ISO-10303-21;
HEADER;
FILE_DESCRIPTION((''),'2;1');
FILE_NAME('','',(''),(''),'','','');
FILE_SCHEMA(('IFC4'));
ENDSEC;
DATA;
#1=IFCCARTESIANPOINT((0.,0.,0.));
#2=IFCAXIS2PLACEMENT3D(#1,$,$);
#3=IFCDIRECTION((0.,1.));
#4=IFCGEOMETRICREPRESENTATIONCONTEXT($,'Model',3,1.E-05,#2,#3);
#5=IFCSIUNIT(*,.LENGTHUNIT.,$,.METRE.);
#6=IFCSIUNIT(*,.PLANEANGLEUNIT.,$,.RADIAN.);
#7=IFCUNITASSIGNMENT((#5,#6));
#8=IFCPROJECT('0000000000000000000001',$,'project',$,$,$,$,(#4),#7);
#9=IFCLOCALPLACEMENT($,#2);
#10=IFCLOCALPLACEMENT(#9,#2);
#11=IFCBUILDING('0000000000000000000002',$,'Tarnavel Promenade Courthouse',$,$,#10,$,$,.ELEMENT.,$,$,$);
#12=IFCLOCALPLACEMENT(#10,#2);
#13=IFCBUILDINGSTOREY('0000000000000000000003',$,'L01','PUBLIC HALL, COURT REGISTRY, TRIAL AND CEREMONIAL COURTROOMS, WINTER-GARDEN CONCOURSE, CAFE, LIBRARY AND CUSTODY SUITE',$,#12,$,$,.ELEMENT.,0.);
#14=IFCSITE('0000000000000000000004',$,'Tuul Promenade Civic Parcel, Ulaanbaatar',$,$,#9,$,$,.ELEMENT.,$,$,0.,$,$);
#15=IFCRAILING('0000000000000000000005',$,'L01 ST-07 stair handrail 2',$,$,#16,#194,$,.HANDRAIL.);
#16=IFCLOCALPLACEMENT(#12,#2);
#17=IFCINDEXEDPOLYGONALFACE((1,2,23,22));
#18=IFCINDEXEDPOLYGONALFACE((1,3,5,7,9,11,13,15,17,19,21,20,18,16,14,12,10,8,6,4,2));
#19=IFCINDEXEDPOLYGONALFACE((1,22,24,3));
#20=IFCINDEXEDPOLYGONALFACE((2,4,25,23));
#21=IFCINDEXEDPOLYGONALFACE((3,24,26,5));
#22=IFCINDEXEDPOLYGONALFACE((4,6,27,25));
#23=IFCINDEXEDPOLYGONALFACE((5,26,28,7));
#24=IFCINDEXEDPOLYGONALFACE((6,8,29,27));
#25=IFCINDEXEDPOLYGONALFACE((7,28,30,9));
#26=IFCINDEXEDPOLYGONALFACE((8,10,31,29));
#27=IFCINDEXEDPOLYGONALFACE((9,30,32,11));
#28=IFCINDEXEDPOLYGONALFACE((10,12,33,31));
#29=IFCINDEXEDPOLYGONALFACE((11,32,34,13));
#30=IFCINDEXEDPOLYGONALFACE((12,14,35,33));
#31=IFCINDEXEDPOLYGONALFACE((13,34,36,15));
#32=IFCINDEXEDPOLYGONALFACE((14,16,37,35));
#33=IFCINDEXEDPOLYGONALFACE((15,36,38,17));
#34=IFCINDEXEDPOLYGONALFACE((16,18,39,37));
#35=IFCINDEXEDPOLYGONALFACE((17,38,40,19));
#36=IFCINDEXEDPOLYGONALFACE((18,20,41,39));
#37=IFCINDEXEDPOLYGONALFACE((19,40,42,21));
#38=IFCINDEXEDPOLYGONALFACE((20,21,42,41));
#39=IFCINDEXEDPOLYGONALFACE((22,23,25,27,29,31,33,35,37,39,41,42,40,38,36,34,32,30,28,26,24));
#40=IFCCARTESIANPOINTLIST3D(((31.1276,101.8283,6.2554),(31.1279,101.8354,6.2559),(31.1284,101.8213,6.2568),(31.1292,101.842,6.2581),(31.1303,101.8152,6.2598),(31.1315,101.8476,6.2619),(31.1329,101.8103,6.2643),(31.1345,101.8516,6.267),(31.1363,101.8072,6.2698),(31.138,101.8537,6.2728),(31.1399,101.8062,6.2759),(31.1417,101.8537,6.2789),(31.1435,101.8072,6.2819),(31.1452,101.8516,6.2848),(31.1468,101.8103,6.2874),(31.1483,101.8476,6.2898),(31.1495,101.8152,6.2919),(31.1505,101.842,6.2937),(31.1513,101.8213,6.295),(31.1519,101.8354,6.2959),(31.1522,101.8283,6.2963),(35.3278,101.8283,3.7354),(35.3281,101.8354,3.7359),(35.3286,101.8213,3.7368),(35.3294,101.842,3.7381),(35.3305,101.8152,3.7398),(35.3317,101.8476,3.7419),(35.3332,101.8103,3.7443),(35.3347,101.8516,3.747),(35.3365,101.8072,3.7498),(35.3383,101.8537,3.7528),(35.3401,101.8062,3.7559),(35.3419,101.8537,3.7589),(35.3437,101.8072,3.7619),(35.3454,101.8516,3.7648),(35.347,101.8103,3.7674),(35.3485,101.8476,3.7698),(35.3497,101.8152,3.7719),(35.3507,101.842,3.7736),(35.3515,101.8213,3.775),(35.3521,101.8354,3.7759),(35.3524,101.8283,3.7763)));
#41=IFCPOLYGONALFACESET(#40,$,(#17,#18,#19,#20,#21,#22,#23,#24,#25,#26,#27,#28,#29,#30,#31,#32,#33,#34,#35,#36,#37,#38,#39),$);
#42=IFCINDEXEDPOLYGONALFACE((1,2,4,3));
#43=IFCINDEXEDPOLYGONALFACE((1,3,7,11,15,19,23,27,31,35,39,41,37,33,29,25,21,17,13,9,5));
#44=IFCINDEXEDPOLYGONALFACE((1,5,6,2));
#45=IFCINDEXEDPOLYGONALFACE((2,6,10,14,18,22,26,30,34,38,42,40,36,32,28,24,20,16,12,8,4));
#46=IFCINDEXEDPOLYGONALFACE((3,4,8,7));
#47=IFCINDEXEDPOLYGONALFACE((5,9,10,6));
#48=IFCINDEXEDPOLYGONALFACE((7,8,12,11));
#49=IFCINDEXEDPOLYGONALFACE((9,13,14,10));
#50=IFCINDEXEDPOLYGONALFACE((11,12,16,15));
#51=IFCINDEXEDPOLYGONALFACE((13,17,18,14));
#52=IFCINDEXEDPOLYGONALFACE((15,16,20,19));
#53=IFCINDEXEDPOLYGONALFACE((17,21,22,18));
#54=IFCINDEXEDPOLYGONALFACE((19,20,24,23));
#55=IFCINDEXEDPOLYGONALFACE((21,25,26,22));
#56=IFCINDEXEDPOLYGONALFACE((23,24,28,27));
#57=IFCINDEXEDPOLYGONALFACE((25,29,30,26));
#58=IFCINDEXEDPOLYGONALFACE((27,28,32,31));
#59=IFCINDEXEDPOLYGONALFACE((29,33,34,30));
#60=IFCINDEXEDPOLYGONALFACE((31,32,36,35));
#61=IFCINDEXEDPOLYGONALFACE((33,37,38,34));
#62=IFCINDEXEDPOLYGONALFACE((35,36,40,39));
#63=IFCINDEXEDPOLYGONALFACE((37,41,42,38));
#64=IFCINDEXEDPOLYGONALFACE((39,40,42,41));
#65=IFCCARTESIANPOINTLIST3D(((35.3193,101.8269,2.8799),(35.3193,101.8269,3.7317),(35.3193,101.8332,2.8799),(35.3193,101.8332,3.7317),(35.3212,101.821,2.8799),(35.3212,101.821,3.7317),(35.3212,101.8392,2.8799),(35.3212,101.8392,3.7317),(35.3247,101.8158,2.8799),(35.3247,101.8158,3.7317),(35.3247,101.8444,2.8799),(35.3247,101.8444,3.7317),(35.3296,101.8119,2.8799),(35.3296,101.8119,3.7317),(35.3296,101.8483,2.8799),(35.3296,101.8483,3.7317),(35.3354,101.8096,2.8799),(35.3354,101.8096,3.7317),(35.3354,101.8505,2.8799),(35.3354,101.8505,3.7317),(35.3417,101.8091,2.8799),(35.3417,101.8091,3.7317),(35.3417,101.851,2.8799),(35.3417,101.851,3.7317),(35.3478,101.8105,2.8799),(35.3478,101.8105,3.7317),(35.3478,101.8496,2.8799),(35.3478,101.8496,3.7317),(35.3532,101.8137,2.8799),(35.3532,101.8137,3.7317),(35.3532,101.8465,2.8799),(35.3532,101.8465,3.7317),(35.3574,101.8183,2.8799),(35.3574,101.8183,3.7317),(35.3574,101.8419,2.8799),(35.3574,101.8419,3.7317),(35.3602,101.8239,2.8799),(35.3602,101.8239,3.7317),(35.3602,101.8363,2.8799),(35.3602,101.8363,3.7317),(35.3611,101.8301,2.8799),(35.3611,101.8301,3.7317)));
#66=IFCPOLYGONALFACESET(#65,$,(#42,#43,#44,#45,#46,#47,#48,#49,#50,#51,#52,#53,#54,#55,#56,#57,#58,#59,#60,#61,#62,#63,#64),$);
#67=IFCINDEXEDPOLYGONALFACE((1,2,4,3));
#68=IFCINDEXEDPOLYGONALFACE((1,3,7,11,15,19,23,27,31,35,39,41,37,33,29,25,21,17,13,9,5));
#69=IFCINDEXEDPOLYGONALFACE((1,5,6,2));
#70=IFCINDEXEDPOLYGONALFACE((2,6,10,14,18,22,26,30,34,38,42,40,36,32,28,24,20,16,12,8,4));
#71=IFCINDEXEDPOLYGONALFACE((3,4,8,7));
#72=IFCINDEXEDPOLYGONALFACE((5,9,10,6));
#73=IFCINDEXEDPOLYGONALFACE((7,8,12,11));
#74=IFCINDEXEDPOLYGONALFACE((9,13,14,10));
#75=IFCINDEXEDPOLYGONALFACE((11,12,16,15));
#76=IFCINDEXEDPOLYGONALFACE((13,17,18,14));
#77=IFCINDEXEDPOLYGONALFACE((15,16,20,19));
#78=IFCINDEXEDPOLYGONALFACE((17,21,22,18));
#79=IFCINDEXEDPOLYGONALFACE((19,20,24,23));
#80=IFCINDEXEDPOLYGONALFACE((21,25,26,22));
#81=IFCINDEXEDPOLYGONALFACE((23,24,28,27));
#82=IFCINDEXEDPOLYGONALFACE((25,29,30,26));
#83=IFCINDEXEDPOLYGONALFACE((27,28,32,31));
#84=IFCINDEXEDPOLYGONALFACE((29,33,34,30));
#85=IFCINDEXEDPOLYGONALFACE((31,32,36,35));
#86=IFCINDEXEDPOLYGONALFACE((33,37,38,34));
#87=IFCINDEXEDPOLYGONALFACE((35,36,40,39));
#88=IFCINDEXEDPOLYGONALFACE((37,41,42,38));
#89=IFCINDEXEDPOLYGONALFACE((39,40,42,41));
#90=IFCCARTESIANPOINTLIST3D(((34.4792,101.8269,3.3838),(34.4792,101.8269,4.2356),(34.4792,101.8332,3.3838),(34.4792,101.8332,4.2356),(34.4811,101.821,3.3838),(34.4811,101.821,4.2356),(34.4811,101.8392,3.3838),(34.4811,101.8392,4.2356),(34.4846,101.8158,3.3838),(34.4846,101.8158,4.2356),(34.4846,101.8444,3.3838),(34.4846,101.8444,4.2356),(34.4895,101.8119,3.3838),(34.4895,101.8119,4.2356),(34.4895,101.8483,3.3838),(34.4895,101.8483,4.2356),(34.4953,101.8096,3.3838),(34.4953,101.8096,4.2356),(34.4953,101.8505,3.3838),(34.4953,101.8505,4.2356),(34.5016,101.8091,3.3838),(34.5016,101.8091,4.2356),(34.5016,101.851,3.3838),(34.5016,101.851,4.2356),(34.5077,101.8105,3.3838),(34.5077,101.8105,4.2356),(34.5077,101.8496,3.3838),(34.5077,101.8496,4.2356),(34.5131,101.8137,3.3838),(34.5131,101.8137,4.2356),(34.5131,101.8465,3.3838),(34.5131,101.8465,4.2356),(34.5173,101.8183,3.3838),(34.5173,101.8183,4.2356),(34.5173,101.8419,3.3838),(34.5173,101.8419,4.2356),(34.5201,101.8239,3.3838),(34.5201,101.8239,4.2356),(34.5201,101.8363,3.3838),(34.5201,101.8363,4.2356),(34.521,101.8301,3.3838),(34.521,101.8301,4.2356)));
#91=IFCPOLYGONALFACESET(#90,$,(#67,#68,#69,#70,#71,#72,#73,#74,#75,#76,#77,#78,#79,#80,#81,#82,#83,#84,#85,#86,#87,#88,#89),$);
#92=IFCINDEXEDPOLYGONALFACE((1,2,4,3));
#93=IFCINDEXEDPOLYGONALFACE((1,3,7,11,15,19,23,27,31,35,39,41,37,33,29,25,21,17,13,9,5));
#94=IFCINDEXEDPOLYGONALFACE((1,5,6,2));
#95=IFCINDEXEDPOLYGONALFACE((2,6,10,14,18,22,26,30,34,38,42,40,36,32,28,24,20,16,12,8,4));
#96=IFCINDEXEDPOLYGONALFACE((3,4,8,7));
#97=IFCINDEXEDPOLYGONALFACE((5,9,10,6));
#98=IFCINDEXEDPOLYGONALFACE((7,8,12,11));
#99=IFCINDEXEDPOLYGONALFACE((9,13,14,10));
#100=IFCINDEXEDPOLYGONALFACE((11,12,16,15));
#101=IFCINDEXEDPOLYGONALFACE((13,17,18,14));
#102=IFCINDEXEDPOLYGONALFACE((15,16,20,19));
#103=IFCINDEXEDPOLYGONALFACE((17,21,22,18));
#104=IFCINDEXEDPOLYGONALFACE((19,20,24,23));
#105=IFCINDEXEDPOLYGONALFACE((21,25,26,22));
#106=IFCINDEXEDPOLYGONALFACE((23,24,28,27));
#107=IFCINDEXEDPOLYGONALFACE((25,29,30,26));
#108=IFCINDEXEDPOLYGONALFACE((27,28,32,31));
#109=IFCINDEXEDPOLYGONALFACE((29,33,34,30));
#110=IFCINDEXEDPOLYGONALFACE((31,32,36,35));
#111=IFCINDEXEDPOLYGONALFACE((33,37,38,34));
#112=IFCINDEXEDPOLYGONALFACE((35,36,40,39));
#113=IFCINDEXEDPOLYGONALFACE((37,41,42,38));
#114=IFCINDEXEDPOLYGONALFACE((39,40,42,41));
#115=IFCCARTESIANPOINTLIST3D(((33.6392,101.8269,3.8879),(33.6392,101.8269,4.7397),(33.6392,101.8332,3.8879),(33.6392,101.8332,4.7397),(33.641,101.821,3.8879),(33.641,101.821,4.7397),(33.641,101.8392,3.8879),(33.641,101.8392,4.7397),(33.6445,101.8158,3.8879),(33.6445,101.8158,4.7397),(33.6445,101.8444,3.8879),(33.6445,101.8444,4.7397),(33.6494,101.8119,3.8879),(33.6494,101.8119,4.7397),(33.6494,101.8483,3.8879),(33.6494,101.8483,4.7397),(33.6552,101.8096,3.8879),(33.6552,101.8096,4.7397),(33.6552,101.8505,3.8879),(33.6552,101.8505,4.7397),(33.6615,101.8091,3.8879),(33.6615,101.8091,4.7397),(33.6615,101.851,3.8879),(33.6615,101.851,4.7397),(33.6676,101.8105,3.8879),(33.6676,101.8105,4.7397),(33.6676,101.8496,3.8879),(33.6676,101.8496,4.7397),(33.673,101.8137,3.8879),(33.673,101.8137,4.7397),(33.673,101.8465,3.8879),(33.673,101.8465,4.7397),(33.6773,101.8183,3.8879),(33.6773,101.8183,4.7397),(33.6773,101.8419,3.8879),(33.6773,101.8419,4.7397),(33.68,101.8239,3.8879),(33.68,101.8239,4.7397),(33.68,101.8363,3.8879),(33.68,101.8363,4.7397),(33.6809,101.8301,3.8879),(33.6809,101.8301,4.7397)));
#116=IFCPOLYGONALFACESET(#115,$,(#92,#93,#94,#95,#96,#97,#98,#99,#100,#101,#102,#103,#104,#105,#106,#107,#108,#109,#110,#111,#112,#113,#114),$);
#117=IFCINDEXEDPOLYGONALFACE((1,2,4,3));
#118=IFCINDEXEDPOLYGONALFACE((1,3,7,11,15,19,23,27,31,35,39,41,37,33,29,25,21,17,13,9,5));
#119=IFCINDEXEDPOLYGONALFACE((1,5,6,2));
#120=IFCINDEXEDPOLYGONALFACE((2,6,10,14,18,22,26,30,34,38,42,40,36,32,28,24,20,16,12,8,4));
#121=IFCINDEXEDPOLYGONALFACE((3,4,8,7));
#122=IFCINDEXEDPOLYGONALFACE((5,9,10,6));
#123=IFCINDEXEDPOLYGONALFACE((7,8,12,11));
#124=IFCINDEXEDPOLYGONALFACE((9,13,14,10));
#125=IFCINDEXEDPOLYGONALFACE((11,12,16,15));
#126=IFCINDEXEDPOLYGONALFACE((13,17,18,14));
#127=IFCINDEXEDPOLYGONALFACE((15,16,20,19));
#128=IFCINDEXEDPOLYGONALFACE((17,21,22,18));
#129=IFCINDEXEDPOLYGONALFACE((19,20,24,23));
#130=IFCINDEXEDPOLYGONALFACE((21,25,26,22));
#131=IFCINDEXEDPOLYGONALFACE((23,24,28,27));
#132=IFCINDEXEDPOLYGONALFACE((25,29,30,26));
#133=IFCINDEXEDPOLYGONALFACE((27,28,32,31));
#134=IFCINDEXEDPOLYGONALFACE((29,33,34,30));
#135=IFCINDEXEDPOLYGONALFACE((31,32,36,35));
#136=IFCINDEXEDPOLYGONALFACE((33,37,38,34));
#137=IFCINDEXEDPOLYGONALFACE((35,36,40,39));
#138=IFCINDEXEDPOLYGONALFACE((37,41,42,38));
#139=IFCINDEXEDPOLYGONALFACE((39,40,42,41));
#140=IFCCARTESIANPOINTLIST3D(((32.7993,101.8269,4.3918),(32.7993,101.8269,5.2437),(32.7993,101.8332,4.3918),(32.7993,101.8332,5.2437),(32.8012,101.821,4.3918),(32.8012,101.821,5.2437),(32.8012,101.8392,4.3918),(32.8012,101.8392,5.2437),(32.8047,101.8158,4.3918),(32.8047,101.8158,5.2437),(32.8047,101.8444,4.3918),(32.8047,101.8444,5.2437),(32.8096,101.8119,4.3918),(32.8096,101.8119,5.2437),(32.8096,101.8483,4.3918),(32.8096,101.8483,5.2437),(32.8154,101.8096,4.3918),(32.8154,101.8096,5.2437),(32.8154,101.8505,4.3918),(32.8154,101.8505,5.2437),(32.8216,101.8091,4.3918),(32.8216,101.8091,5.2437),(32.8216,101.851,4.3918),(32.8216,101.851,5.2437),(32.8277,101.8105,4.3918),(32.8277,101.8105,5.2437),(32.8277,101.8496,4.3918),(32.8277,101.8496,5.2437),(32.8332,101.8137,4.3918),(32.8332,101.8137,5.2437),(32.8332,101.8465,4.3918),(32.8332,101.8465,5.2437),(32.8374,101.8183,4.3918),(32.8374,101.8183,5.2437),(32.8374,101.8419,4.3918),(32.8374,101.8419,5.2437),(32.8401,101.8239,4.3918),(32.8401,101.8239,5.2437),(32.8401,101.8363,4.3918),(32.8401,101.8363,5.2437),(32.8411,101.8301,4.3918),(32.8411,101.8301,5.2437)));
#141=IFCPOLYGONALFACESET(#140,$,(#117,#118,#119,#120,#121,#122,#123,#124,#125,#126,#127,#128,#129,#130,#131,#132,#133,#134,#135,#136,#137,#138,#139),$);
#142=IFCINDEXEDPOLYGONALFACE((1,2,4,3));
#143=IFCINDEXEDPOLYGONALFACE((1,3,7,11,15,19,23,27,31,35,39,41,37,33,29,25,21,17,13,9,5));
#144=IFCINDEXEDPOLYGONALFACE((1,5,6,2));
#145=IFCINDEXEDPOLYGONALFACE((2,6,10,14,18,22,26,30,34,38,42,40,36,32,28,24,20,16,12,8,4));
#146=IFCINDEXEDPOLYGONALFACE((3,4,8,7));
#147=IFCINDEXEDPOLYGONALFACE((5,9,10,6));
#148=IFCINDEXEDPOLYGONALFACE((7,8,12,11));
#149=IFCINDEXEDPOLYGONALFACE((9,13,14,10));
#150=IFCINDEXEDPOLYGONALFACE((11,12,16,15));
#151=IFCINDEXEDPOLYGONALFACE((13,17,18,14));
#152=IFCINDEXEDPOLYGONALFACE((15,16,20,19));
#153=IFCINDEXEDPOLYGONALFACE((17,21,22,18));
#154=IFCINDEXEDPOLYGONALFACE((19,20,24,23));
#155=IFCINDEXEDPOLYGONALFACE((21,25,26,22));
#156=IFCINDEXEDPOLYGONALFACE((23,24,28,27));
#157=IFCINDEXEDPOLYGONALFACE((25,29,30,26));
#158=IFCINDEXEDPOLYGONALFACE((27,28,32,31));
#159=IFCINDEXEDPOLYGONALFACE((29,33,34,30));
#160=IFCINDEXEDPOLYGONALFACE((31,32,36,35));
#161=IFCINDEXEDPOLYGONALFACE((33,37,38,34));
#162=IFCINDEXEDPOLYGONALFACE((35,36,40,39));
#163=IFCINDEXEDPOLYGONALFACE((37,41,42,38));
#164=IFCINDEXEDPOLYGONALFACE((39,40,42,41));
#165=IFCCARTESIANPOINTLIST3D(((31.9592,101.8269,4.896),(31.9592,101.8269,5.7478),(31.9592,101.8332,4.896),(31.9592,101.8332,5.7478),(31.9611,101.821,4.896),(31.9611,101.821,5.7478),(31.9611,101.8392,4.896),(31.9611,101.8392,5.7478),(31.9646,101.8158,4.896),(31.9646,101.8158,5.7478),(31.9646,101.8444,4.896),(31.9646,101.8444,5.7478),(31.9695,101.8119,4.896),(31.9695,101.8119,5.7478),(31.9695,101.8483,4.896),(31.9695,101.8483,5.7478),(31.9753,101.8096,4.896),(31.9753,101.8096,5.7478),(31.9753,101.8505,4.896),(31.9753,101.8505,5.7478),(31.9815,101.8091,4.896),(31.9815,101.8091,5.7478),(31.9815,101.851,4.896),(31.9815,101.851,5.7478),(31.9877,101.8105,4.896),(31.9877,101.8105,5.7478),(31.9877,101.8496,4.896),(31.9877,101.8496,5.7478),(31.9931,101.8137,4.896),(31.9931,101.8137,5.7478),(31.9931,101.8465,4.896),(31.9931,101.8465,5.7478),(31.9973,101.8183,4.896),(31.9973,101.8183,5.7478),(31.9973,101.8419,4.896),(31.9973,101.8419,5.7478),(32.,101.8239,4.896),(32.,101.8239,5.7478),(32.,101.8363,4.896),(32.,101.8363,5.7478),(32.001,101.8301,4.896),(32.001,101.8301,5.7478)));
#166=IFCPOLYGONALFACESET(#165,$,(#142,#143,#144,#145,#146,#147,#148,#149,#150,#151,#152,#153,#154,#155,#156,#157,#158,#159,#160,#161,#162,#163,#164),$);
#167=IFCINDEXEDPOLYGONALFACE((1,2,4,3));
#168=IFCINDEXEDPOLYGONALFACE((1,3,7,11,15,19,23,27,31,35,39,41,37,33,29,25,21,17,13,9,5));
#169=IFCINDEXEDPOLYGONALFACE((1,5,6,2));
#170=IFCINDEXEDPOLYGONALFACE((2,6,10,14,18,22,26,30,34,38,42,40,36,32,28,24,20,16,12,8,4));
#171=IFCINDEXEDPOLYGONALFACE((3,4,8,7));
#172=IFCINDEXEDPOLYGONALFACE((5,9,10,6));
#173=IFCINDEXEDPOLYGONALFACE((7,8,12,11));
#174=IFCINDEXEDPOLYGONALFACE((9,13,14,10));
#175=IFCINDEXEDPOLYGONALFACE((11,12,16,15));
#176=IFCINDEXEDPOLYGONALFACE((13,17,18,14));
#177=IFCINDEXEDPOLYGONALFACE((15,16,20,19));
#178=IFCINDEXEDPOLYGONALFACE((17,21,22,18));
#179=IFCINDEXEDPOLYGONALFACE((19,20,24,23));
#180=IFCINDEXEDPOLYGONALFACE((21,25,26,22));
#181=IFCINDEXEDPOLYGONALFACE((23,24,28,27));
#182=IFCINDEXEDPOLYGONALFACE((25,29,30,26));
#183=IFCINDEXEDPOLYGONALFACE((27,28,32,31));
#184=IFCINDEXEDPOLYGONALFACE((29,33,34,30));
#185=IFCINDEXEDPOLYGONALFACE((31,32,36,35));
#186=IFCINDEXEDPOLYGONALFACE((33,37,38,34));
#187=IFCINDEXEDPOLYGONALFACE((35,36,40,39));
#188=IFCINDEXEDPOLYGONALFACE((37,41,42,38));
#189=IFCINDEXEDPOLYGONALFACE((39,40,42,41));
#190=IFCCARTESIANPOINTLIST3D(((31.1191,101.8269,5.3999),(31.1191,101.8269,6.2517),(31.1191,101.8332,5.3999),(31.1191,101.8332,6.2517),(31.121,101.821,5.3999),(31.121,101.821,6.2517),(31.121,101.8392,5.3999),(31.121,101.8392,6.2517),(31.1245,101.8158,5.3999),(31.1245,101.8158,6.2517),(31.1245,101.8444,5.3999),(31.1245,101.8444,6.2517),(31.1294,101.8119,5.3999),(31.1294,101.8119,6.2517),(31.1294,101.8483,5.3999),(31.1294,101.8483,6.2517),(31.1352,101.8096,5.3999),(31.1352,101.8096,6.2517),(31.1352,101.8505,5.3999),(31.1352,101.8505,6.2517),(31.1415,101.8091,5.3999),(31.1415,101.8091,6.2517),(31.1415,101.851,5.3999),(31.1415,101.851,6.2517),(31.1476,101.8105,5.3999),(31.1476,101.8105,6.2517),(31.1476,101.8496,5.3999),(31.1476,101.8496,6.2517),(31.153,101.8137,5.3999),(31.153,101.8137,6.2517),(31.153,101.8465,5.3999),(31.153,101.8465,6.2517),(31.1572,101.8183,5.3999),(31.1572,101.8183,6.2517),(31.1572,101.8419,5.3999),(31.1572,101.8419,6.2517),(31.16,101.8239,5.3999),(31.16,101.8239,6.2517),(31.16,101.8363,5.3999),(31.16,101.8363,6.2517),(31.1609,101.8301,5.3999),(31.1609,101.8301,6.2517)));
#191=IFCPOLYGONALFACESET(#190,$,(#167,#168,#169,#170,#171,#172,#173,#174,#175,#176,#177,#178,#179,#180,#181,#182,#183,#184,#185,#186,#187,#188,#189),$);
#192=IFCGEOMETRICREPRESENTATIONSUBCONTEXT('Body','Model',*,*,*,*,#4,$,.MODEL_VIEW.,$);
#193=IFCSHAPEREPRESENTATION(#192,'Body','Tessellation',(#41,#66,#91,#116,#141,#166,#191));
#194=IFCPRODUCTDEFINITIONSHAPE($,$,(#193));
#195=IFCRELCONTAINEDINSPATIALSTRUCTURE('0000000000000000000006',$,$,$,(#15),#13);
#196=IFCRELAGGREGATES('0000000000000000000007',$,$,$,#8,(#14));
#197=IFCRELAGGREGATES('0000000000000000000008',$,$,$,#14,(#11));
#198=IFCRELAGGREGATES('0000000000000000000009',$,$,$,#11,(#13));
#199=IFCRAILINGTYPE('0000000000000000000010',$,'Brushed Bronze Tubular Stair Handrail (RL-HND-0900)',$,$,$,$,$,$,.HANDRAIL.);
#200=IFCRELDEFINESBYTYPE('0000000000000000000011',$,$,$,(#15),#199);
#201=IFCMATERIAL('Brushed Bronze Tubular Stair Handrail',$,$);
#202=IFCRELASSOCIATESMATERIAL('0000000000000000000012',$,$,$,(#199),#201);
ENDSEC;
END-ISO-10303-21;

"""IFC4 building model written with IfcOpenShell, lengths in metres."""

from ifc_helpers import new_model, si_unit, direction, frame, origin, origin_2d, place, context, subcontext, project, spatial, circle, extrude, material, type_object, element, save


model = new_model("IFC4")

# Units and contexts
model_context = context("Model", 3, precision=1e-05, world=origin(), true_north=direction((0.0, 1.0)))
body_context = subcontext(model_context, "Body", "Model", "MODEL_VIEW")
ifc_project = project(units=[si_unit("LENGTHUNIT", "METRE"), si_unit("PLANEANGLEUNIT", "RADIAN")], contexts=[model_context])

# Site, building, storey
site_placement = place(None, origin())
site = spatial("IfcSite", under=ifc_project, at=site_placement, Name="Tuul Promenade Civic Parcel, Ulaanbaatar", CompositionType="ELEMENT", RefElevation=0.0)
building_placement = place(site_placement, origin())
building = spatial("IfcBuilding", under=site, at=building_placement, Name="Tarnavel Promenade Courthouse", CompositionType="ELEMENT")
storey_placement = place(building_placement, origin())
storey = spatial("IfcBuildingStorey", under=building, at=storey_placement, Name="L01", Description="PUBLIC HALL, COURT REGISTRY, TRIAL AND CEREMONIAL COURTROOMS, WINTER-GARDEN CONCOURSE, CAFE, LIBRARY AND CUSTODY SUITE", CompositionType="ELEMENT", Elevation=0.0)

# Railing
ifc_material_1 = material(Name="Brushed Bronze Tubular Stair Handrail")
railing_type_1 = type_object("IfcRailingType", Name="Brushed Bronze Tubular Stair Handrail (RL-HND-0900)", PredefinedType="HANDRAIL", material=ifc_material_1)
railing_1_placement = place(storey_placement, frame((35.3401, 101.8301, 2.8799)))
element("IfcRailing", 1, at=railing_1_placement, inside=storey, type_object=railing_type_1, Name="L01 ST-07 stair handrail 2", PredefinedType="HANDRAIL", context=body_context, shape_type="SweptSolid", body=[
    extrude(circle(Radius=0.0239, at=origin_2d()), frame((0.0, 0.0, 0.876), z_axis=(-0.857502, 0.0, 0.514481), x_axis=(0.0, -1.0, 0.0)), (0.0, 0.0, 1.0), 4.8982),
    extrude(circle(Radius=0.021, at=origin_2d()), origin(), (0.0, 0.0, 1.0), 0.8518),
    extrude(circle(Radius=0.021, at=origin_2d()), frame((-0.8401, 0.0, 0.5039)), (0.0, 0.0, 1.0), 0.8518),
    extrude(circle(Radius=0.021, at=origin_2d()), frame((-1.6802, 0.0, 1.0081)), (0.0, 0.0, 1.0), 0.8518),
    extrude(circle(Radius=0.021, at=origin_2d()), frame((-2.52, 0.0, 1.512)), (0.0, 0.0, 1.0), 0.8518),
    extrude(circle(Radius=0.021, at=origin_2d()), frame((-3.3601, 0.0, 2.0161)), (0.0, 0.0, 1.0), 0.8518),
    extrude(circle(Radius=0.021, at=origin_2d()), frame((-4.2002, 0.0, 2.52)), (0.0, 0.0, 1.0), 0.8518),
])

save(model, "model.ifc")
